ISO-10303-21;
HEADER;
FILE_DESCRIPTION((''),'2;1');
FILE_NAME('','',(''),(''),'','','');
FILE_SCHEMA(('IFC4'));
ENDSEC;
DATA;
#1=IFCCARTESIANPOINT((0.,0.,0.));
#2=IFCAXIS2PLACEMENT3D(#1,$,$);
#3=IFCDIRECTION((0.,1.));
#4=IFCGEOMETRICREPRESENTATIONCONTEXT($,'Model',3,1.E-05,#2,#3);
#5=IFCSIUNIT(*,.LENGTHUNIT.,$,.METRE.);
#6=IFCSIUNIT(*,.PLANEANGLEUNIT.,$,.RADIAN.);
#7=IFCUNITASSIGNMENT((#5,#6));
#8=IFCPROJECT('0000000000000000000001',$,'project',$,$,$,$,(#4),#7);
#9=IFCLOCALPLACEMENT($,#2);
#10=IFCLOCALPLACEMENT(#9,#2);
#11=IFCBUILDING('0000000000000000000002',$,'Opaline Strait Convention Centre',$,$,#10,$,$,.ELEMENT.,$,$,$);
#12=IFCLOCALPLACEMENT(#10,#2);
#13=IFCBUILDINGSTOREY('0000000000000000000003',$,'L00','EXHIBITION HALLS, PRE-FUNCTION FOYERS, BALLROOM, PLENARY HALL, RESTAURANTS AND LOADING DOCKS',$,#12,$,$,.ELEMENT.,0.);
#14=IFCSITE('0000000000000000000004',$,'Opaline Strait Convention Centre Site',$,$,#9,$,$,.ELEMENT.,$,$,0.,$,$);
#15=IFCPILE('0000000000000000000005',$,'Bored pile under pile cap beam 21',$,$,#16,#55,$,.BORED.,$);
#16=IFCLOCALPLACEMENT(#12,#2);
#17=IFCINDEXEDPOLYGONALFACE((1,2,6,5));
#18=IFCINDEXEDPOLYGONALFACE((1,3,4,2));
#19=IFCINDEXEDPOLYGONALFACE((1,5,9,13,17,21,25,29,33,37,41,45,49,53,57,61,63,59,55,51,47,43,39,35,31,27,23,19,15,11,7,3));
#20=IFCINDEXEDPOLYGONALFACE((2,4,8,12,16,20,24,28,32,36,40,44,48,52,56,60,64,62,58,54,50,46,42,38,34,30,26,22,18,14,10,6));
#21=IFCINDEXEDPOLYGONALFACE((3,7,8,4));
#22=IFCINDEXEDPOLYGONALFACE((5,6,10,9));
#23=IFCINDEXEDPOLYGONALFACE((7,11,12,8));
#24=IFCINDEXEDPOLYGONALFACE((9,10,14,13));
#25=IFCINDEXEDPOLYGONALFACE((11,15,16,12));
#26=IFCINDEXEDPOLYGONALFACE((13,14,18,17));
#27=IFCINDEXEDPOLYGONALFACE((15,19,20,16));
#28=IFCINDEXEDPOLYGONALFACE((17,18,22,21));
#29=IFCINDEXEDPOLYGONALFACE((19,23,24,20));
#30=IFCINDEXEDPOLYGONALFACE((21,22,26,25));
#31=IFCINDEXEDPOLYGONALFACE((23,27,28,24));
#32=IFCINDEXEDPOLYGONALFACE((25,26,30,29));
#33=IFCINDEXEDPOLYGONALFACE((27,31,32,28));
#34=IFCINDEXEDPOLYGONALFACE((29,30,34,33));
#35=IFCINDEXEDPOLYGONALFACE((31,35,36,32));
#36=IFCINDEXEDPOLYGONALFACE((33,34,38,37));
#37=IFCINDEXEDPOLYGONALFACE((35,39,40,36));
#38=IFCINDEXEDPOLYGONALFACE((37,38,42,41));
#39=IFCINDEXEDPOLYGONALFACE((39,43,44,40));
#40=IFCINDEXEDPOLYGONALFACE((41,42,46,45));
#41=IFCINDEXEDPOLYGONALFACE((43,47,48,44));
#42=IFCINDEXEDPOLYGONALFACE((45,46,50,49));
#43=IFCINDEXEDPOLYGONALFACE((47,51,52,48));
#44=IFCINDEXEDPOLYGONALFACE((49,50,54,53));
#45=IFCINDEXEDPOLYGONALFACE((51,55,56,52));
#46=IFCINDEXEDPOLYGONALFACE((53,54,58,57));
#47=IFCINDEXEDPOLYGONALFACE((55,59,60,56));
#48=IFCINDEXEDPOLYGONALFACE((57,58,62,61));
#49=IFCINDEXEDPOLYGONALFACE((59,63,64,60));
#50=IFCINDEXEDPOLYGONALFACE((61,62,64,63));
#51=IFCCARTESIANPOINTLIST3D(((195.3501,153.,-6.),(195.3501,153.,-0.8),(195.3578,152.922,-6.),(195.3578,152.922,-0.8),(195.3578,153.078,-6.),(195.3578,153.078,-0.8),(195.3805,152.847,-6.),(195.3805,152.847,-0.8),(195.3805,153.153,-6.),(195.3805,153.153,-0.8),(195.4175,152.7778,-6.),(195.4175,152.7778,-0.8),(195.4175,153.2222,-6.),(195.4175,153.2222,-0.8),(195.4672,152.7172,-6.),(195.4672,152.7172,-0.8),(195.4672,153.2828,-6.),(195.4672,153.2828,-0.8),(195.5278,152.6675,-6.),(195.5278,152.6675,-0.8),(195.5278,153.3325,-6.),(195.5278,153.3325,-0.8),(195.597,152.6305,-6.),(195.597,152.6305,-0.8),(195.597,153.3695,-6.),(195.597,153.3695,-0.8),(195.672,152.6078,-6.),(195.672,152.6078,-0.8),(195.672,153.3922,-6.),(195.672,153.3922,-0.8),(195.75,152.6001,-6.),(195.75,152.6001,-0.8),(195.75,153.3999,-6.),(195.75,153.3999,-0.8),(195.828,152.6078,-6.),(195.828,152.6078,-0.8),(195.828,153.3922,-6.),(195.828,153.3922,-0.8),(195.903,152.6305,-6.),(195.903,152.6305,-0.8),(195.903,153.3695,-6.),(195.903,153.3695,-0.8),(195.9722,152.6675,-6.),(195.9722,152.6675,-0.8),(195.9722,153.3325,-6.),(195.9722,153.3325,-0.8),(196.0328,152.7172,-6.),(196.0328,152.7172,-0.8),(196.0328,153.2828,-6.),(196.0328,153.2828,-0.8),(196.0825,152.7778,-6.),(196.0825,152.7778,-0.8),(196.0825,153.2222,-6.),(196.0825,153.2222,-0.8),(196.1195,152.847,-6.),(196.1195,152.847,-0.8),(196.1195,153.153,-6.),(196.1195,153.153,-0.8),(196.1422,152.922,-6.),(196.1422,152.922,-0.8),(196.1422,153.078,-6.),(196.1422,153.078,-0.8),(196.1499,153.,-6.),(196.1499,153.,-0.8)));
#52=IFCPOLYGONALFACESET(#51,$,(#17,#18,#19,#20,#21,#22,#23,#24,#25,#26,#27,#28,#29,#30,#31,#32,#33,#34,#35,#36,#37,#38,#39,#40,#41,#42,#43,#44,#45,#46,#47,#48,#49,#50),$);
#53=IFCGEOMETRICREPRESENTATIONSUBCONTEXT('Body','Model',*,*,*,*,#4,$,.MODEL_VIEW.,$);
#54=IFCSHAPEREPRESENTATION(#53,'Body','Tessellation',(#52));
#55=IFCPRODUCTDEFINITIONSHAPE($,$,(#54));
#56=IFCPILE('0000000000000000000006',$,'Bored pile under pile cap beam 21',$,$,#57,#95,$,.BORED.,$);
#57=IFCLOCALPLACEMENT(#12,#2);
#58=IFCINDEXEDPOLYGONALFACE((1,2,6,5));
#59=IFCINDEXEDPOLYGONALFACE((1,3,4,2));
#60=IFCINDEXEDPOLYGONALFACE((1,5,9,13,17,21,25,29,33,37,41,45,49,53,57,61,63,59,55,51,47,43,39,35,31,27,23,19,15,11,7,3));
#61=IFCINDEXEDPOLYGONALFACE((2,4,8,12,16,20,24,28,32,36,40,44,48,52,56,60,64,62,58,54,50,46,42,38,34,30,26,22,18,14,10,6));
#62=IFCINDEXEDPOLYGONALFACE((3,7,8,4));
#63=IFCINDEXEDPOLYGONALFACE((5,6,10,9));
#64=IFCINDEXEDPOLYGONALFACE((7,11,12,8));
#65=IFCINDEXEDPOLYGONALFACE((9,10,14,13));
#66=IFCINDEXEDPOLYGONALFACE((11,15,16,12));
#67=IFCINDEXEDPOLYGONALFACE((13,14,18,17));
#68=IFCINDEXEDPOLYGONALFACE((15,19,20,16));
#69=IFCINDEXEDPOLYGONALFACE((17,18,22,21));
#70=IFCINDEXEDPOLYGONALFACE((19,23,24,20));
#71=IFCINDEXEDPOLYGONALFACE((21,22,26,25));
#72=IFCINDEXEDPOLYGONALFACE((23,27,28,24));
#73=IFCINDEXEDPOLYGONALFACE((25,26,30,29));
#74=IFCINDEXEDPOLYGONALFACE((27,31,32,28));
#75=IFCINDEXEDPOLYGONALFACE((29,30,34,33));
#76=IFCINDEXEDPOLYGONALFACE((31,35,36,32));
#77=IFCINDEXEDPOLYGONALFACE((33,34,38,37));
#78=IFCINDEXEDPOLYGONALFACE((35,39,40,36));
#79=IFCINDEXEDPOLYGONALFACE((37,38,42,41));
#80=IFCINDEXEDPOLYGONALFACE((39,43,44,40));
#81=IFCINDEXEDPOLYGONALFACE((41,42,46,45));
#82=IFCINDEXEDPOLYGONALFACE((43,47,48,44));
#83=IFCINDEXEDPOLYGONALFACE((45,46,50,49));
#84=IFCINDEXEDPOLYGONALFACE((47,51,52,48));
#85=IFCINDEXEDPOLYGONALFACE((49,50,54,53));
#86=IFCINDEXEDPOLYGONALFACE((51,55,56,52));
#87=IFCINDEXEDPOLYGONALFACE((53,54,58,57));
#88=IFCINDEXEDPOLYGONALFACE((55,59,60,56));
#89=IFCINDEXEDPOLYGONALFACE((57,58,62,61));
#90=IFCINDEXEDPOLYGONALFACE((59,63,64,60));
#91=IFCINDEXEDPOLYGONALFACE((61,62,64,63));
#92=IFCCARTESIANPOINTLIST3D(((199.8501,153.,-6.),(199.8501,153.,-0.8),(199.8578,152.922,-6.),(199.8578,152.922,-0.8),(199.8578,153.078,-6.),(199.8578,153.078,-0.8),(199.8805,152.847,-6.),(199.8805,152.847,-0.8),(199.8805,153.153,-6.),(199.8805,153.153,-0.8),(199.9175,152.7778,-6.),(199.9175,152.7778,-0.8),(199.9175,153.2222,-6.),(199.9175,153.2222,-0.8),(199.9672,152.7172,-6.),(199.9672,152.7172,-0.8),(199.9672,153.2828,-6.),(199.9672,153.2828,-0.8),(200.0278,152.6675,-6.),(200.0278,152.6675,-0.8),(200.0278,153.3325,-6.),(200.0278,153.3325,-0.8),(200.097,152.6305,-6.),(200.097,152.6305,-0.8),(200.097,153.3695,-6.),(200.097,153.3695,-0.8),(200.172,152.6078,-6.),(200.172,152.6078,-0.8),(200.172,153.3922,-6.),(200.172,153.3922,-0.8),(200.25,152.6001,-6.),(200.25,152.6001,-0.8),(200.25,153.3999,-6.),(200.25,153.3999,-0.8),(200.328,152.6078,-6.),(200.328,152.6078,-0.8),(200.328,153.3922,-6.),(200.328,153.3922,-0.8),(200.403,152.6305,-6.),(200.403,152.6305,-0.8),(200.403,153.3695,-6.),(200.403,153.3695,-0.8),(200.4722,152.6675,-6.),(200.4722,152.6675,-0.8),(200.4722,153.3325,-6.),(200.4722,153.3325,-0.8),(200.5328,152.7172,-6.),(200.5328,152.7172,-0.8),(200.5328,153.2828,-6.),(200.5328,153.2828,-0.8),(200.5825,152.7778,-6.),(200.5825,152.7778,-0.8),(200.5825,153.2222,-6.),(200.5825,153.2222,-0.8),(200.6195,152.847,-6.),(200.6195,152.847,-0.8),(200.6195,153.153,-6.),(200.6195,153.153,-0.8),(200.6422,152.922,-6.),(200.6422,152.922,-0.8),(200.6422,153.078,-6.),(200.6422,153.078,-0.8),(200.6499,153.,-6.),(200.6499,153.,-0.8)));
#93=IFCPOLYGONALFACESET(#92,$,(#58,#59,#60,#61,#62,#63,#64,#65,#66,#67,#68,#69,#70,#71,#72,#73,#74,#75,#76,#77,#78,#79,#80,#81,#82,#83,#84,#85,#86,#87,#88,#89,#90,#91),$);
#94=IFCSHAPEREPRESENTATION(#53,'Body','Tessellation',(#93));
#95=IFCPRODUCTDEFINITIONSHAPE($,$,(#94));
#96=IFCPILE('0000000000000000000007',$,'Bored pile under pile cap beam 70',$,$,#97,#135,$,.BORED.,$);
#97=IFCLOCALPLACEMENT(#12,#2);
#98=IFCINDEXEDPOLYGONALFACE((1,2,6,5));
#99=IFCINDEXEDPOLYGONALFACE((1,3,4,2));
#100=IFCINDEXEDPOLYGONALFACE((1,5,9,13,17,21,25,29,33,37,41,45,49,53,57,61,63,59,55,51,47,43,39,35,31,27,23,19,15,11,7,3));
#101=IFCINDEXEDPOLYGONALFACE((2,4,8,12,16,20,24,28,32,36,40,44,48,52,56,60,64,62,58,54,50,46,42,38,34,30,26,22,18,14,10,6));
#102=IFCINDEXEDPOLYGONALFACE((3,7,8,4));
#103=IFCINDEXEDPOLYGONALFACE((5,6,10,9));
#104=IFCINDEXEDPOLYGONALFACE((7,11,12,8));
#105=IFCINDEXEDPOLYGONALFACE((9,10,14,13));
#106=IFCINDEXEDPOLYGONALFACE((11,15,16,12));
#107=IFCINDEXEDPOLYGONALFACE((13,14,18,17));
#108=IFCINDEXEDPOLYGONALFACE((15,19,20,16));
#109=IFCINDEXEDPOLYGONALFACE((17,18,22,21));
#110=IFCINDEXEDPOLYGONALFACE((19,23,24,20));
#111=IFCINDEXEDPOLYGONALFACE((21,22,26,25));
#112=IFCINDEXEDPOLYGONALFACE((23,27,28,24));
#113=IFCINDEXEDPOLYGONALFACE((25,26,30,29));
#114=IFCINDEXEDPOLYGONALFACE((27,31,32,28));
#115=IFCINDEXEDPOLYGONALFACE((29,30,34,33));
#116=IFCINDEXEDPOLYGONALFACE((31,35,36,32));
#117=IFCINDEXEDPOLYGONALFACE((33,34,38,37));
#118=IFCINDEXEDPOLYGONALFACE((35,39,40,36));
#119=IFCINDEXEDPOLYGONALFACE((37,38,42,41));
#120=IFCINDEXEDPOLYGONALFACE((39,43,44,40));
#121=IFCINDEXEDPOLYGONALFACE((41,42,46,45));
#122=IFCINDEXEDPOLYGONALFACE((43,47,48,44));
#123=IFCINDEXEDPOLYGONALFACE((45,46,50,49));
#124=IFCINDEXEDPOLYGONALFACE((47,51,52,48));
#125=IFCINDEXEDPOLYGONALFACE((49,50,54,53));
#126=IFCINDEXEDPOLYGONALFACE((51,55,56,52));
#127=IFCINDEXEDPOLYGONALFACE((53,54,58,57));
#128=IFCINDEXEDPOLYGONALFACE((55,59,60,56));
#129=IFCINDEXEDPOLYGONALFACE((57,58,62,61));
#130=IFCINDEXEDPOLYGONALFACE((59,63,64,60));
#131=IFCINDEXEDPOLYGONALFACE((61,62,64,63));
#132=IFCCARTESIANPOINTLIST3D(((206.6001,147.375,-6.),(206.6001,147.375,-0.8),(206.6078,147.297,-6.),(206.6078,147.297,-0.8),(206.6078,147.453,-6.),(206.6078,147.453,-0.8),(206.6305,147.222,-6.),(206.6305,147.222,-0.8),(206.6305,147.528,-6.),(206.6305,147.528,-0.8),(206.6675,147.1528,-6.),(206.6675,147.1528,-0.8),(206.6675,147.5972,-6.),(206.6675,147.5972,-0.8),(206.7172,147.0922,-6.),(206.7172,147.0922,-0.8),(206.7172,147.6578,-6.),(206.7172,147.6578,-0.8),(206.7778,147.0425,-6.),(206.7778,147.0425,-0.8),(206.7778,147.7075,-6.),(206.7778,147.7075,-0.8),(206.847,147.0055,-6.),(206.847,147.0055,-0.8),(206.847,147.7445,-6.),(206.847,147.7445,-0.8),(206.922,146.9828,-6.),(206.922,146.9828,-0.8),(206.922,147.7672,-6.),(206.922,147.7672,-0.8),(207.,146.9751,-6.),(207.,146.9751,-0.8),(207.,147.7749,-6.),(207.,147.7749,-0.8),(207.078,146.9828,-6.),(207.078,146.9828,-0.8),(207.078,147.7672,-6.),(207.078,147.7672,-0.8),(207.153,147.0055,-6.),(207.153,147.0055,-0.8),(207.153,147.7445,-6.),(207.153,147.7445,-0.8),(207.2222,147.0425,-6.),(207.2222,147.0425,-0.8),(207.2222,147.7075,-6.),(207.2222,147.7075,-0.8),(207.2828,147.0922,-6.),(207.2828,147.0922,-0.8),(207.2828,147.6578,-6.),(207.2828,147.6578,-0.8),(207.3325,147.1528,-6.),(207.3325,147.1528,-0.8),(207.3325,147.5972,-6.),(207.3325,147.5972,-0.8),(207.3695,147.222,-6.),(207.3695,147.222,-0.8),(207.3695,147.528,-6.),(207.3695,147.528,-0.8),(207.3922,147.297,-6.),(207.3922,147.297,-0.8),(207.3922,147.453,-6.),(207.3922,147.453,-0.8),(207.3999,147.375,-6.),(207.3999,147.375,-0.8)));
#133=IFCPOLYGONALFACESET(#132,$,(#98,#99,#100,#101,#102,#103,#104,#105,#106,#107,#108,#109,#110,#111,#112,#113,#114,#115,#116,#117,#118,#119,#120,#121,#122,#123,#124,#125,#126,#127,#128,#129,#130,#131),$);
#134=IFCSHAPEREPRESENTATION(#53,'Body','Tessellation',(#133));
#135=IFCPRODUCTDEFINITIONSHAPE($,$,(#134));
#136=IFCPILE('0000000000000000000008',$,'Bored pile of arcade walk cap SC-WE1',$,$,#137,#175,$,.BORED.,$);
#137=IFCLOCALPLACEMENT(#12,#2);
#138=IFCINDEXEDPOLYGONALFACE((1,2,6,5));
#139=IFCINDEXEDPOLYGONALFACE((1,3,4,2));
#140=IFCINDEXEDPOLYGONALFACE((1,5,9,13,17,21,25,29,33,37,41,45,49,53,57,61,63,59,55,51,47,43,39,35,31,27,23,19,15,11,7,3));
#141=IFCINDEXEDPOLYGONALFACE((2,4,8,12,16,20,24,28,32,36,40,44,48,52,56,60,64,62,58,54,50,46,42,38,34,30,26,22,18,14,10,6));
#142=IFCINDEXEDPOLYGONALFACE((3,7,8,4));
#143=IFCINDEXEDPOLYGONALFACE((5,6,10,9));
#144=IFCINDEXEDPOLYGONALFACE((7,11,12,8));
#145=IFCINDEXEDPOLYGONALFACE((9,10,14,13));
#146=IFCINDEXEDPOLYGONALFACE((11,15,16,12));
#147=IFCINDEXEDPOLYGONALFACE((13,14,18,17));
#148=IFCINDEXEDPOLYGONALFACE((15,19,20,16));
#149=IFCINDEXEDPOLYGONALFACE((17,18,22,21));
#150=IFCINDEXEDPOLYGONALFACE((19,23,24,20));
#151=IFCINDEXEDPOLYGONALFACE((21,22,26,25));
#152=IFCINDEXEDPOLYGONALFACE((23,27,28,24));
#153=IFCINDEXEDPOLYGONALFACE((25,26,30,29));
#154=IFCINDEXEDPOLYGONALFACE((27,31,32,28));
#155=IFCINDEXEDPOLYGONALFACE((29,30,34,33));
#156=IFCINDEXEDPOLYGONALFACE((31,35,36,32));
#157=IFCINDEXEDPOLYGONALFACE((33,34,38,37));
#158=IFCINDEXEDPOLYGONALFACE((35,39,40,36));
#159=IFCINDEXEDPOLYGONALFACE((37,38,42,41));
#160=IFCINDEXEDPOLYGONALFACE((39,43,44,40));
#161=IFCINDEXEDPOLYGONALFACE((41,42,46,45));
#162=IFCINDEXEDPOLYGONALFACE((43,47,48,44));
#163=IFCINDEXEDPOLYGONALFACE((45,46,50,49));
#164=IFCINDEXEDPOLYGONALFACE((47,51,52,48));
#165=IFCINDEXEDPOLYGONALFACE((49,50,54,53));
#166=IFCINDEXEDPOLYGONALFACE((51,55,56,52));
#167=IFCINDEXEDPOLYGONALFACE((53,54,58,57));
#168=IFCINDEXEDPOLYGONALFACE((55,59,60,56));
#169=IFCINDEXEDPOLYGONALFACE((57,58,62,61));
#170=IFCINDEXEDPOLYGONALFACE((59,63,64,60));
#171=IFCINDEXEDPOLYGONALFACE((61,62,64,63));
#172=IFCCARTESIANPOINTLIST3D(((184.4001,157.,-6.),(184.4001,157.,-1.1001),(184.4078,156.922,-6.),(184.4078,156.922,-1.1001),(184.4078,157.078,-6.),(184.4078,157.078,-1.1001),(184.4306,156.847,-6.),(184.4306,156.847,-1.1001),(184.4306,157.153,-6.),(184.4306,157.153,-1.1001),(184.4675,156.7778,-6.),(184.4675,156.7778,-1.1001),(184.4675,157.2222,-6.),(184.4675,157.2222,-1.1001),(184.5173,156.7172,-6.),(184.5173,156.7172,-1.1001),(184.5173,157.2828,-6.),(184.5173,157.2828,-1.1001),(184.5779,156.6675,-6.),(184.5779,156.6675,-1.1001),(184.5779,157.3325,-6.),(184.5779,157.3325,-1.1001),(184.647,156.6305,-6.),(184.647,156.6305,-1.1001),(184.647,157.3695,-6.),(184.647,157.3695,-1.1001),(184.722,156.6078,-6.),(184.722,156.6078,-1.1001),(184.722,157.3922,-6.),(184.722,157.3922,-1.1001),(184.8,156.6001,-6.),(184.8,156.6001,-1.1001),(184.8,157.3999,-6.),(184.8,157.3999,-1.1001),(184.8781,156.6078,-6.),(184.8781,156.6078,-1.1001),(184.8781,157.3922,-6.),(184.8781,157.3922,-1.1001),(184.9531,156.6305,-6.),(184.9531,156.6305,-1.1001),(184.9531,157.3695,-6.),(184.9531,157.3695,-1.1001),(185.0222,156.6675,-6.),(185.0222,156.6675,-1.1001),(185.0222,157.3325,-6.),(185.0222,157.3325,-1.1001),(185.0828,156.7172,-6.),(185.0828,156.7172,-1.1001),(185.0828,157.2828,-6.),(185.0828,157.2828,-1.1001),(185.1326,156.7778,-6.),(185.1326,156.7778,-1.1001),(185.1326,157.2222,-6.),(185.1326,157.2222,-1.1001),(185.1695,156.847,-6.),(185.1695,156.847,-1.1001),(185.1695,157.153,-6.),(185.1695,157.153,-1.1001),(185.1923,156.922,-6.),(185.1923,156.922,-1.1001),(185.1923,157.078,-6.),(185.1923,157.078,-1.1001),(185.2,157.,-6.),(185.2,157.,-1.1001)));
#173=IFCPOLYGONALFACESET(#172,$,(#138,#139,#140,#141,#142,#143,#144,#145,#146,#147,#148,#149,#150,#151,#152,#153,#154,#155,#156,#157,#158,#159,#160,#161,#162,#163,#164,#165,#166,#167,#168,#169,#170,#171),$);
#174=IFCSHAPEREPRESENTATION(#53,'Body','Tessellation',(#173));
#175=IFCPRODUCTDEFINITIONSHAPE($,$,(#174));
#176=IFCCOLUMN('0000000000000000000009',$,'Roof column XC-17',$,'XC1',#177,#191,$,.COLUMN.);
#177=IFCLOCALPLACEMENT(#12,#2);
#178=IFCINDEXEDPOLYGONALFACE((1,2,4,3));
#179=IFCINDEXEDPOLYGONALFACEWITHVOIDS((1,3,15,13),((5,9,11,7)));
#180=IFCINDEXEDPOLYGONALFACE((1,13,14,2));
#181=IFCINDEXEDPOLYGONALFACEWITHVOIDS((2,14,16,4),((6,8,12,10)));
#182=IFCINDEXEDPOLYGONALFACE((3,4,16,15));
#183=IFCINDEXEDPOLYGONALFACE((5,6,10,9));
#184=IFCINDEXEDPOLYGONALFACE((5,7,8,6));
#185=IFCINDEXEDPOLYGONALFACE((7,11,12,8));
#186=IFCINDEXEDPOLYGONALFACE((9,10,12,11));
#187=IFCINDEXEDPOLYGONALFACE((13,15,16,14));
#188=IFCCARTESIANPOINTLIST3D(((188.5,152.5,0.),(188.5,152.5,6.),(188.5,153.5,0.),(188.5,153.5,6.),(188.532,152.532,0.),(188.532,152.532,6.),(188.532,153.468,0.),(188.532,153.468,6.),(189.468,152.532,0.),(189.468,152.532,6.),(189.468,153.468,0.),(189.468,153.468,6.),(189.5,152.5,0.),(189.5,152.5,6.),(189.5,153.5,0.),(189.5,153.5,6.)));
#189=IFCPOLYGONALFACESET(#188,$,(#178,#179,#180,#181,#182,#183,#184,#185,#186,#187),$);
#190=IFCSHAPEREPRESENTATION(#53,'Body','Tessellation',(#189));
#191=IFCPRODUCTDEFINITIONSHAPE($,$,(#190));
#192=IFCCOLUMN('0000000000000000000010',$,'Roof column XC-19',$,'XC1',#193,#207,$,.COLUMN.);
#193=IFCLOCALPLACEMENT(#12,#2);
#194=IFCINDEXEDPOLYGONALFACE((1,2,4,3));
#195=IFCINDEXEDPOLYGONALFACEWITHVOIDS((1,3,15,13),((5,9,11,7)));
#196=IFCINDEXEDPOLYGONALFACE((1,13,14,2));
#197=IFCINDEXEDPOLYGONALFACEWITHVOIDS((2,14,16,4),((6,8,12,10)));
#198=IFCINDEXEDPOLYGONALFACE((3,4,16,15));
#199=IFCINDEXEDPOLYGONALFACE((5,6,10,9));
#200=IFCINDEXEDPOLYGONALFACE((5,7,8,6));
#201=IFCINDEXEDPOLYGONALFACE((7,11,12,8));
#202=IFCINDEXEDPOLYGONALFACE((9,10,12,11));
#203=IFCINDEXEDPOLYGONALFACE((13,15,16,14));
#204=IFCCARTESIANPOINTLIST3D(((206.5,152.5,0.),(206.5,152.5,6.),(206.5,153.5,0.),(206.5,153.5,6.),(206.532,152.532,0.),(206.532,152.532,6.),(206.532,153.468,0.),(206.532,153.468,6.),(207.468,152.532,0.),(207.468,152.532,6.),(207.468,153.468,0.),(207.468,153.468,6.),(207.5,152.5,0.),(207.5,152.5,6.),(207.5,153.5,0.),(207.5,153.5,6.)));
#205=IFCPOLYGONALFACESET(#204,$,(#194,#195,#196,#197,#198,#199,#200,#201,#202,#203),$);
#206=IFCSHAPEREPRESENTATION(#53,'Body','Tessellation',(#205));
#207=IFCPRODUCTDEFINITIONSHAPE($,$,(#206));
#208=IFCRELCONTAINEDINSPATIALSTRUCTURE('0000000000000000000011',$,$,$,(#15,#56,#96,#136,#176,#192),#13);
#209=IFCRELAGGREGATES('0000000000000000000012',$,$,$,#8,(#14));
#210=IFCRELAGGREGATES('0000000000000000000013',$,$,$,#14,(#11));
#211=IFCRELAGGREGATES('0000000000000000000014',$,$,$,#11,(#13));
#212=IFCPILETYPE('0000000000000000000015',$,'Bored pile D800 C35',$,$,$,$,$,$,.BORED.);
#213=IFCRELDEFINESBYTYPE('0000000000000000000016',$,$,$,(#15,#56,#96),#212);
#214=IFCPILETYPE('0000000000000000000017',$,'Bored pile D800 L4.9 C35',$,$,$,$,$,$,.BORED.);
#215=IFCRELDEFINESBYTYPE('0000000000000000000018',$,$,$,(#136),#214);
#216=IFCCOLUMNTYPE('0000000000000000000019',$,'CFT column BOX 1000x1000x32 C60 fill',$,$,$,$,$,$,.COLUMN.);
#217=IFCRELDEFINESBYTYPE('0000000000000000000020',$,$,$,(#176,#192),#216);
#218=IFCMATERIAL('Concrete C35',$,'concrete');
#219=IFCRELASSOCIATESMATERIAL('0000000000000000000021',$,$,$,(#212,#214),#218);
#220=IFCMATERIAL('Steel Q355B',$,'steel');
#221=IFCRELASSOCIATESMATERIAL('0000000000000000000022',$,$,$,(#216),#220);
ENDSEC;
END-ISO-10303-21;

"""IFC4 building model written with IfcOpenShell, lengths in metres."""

from ifc_helpers import new_model, si_unit, direction, frame, origin, origin_2d, place, context, subcontext, project, spatial, hollow_rectangle, circle, extrude, material, material_profile, profile_set, type_object, element, save


model = new_model("IFC4")

# Units and contexts
model_context = context("Model", 3, precision=1e-05, world=origin(), true_north=direction((0.0, 1.0)))
body_context = subcontext(model_context, "Body", "Model", "MODEL_VIEW")
ifc_project = project(units=[si_unit("LENGTHUNIT", "METRE"), si_unit("PLANEANGLEUNIT", "RADIAN")], contexts=[model_context])

# Site, building, storey
site_placement = place(None, origin())
site = spatial("IfcSite", under=ifc_project, at=site_placement, Name="Opaline Strait Convention Centre Site", CompositionType="ELEMENT", RefElevation=0.0)
building_placement = place(site_placement, origin())
building = spatial("IfcBuilding", under=site, at=building_placement, Name="Opaline Strait Convention Centre", CompositionType="ELEMENT")
storey_placement = place(building_placement, origin())
storey = spatial("IfcBuildingStorey", under=building, at=storey_placement, Name="L00", Description="EXHIBITION HALLS, PRE-FUNCTION FOYERS, BALLROOM, PLENARY HALL, RESTAURANTS AND LOADING DOCKS", CompositionType="ELEMENT", Elevation=0.0)

# Piles
ifc_material_1 = material(Name="Concrete C35", Category="concrete")
ifc_material_profile_1 = material_profile(ifc_material_1, circle(Radius=0.3999, at=origin_2d()), Name="D800")
ifc_profile_set_1 = profile_set([ifc_material_profile_1], Name="Concrete C35")
pile_type_1 = type_object("IfcPileType", Name="Bored pile D800 C35", PredefinedType="BORED", material=ifc_profile_set_1)
for number, where, z_axis, x_axis, name in (
    (1, (195.75, 153.0, -0.8), (0.0, 0.0, -1.0), (1.0, 0.0, 0.0), "Bored pile under pile cap beam 21"),
    (2, (200.25, 153.0, -0.8), (0.0, 0.0, -1.0), (1.0, 0.0, 0.0), "Bored pile under pile cap beam 21"),
    (3, (207.0, 147.375, -0.8), (0.0, 0.0, -1.0), (1.0, 0.0, 0.0), "Bored pile under pile cap beam 70"),
):
    element("IfcPile", number, at=place(storey_placement, frame(where, z_axis=z_axis, x_axis=x_axis)), inside=storey, type_object=pile_type_1, Name=name, PredefinedType="BORED", context=body_context, shape_type="SweptSolid", body=[
        extrude(circle(Radius=0.3999, at=origin_2d()), origin(), (0.0, 0.0, 1.0), 5.2),
    ])
ifc_material_profile_2 = material_profile(ifc_material_1, circle(Radius=0.3999, at=origin_2d()), Name="D800")
ifc_profile_set_2 = profile_set([ifc_material_profile_2], Name="Concrete C35")
pile_type_2 = type_object("IfcPileType", Name="Bored pile D800 L4.9 C35", PredefinedType="BORED", material=ifc_profile_set_2)
pile_placement = place(storey_placement, frame((184.8, 157.0, -1.1001), z_axis=(0.0, 0.0, -1.0), x_axis=(1.0, 0.0, 0.0)))
element("IfcPile", 4, at=pile_placement, inside=storey, type_object=pile_type_2, Name="Bored pile of arcade walk cap SC-WE1", PredefinedType="BORED", context=body_context, shape_type="SweptSolid", body=[
    extrude(circle(Radius=0.3999, at=origin_2d()), origin(), (0.0, 0.0, 1.0), 4.8999),
])

# Columns
ifc_material_2 = material(Name="Steel Q355B", Category="steel")
ifc_material_profile_3 = material_profile(ifc_material_2, hollow_rectangle(XDim=1.0, YDim=1.0, WallThickness=0.032, at=origin_2d()), Name="BOX 1000x1000x32")
ifc_profile_set_3 = profile_set([ifc_material_profile_3], Name="Steel Q355B")
column_type = type_object("IfcColumnType", Name="CFT column BOX 1000x1000x32 C60 fill", PredefinedType="COLUMN", material=ifc_profile_set_3)
for number, where, z_axis, x_axis, name in (
    (5, (189.0, 153.0, 0.0), (0.0, 0.0, 1.0), (1.0, 0.0, 0.0), "Roof column XC-17"),
    (6, (207.0, 153.0, 0.0), (0.0, 0.0, 1.0), (1.0, 0.0, 0.0), "Roof column XC-19"),
):
    element("IfcColumn", number, at=place(storey_placement, frame(where, z_axis=z_axis, x_axis=x_axis)), inside=storey, type_object=column_type, Name=name, ObjectType="XC1", PredefinedType="COLUMN", context=body_context, shape_type="SweptSolid", body=[
        extrude(hollow_rectangle(XDim=1.0, YDim=1.0, WallThickness=0.032, at=origin_2d()), origin(), (0.0, 0.0, 1.0), 6.0),
    ])

save(model, "model.ifc")
